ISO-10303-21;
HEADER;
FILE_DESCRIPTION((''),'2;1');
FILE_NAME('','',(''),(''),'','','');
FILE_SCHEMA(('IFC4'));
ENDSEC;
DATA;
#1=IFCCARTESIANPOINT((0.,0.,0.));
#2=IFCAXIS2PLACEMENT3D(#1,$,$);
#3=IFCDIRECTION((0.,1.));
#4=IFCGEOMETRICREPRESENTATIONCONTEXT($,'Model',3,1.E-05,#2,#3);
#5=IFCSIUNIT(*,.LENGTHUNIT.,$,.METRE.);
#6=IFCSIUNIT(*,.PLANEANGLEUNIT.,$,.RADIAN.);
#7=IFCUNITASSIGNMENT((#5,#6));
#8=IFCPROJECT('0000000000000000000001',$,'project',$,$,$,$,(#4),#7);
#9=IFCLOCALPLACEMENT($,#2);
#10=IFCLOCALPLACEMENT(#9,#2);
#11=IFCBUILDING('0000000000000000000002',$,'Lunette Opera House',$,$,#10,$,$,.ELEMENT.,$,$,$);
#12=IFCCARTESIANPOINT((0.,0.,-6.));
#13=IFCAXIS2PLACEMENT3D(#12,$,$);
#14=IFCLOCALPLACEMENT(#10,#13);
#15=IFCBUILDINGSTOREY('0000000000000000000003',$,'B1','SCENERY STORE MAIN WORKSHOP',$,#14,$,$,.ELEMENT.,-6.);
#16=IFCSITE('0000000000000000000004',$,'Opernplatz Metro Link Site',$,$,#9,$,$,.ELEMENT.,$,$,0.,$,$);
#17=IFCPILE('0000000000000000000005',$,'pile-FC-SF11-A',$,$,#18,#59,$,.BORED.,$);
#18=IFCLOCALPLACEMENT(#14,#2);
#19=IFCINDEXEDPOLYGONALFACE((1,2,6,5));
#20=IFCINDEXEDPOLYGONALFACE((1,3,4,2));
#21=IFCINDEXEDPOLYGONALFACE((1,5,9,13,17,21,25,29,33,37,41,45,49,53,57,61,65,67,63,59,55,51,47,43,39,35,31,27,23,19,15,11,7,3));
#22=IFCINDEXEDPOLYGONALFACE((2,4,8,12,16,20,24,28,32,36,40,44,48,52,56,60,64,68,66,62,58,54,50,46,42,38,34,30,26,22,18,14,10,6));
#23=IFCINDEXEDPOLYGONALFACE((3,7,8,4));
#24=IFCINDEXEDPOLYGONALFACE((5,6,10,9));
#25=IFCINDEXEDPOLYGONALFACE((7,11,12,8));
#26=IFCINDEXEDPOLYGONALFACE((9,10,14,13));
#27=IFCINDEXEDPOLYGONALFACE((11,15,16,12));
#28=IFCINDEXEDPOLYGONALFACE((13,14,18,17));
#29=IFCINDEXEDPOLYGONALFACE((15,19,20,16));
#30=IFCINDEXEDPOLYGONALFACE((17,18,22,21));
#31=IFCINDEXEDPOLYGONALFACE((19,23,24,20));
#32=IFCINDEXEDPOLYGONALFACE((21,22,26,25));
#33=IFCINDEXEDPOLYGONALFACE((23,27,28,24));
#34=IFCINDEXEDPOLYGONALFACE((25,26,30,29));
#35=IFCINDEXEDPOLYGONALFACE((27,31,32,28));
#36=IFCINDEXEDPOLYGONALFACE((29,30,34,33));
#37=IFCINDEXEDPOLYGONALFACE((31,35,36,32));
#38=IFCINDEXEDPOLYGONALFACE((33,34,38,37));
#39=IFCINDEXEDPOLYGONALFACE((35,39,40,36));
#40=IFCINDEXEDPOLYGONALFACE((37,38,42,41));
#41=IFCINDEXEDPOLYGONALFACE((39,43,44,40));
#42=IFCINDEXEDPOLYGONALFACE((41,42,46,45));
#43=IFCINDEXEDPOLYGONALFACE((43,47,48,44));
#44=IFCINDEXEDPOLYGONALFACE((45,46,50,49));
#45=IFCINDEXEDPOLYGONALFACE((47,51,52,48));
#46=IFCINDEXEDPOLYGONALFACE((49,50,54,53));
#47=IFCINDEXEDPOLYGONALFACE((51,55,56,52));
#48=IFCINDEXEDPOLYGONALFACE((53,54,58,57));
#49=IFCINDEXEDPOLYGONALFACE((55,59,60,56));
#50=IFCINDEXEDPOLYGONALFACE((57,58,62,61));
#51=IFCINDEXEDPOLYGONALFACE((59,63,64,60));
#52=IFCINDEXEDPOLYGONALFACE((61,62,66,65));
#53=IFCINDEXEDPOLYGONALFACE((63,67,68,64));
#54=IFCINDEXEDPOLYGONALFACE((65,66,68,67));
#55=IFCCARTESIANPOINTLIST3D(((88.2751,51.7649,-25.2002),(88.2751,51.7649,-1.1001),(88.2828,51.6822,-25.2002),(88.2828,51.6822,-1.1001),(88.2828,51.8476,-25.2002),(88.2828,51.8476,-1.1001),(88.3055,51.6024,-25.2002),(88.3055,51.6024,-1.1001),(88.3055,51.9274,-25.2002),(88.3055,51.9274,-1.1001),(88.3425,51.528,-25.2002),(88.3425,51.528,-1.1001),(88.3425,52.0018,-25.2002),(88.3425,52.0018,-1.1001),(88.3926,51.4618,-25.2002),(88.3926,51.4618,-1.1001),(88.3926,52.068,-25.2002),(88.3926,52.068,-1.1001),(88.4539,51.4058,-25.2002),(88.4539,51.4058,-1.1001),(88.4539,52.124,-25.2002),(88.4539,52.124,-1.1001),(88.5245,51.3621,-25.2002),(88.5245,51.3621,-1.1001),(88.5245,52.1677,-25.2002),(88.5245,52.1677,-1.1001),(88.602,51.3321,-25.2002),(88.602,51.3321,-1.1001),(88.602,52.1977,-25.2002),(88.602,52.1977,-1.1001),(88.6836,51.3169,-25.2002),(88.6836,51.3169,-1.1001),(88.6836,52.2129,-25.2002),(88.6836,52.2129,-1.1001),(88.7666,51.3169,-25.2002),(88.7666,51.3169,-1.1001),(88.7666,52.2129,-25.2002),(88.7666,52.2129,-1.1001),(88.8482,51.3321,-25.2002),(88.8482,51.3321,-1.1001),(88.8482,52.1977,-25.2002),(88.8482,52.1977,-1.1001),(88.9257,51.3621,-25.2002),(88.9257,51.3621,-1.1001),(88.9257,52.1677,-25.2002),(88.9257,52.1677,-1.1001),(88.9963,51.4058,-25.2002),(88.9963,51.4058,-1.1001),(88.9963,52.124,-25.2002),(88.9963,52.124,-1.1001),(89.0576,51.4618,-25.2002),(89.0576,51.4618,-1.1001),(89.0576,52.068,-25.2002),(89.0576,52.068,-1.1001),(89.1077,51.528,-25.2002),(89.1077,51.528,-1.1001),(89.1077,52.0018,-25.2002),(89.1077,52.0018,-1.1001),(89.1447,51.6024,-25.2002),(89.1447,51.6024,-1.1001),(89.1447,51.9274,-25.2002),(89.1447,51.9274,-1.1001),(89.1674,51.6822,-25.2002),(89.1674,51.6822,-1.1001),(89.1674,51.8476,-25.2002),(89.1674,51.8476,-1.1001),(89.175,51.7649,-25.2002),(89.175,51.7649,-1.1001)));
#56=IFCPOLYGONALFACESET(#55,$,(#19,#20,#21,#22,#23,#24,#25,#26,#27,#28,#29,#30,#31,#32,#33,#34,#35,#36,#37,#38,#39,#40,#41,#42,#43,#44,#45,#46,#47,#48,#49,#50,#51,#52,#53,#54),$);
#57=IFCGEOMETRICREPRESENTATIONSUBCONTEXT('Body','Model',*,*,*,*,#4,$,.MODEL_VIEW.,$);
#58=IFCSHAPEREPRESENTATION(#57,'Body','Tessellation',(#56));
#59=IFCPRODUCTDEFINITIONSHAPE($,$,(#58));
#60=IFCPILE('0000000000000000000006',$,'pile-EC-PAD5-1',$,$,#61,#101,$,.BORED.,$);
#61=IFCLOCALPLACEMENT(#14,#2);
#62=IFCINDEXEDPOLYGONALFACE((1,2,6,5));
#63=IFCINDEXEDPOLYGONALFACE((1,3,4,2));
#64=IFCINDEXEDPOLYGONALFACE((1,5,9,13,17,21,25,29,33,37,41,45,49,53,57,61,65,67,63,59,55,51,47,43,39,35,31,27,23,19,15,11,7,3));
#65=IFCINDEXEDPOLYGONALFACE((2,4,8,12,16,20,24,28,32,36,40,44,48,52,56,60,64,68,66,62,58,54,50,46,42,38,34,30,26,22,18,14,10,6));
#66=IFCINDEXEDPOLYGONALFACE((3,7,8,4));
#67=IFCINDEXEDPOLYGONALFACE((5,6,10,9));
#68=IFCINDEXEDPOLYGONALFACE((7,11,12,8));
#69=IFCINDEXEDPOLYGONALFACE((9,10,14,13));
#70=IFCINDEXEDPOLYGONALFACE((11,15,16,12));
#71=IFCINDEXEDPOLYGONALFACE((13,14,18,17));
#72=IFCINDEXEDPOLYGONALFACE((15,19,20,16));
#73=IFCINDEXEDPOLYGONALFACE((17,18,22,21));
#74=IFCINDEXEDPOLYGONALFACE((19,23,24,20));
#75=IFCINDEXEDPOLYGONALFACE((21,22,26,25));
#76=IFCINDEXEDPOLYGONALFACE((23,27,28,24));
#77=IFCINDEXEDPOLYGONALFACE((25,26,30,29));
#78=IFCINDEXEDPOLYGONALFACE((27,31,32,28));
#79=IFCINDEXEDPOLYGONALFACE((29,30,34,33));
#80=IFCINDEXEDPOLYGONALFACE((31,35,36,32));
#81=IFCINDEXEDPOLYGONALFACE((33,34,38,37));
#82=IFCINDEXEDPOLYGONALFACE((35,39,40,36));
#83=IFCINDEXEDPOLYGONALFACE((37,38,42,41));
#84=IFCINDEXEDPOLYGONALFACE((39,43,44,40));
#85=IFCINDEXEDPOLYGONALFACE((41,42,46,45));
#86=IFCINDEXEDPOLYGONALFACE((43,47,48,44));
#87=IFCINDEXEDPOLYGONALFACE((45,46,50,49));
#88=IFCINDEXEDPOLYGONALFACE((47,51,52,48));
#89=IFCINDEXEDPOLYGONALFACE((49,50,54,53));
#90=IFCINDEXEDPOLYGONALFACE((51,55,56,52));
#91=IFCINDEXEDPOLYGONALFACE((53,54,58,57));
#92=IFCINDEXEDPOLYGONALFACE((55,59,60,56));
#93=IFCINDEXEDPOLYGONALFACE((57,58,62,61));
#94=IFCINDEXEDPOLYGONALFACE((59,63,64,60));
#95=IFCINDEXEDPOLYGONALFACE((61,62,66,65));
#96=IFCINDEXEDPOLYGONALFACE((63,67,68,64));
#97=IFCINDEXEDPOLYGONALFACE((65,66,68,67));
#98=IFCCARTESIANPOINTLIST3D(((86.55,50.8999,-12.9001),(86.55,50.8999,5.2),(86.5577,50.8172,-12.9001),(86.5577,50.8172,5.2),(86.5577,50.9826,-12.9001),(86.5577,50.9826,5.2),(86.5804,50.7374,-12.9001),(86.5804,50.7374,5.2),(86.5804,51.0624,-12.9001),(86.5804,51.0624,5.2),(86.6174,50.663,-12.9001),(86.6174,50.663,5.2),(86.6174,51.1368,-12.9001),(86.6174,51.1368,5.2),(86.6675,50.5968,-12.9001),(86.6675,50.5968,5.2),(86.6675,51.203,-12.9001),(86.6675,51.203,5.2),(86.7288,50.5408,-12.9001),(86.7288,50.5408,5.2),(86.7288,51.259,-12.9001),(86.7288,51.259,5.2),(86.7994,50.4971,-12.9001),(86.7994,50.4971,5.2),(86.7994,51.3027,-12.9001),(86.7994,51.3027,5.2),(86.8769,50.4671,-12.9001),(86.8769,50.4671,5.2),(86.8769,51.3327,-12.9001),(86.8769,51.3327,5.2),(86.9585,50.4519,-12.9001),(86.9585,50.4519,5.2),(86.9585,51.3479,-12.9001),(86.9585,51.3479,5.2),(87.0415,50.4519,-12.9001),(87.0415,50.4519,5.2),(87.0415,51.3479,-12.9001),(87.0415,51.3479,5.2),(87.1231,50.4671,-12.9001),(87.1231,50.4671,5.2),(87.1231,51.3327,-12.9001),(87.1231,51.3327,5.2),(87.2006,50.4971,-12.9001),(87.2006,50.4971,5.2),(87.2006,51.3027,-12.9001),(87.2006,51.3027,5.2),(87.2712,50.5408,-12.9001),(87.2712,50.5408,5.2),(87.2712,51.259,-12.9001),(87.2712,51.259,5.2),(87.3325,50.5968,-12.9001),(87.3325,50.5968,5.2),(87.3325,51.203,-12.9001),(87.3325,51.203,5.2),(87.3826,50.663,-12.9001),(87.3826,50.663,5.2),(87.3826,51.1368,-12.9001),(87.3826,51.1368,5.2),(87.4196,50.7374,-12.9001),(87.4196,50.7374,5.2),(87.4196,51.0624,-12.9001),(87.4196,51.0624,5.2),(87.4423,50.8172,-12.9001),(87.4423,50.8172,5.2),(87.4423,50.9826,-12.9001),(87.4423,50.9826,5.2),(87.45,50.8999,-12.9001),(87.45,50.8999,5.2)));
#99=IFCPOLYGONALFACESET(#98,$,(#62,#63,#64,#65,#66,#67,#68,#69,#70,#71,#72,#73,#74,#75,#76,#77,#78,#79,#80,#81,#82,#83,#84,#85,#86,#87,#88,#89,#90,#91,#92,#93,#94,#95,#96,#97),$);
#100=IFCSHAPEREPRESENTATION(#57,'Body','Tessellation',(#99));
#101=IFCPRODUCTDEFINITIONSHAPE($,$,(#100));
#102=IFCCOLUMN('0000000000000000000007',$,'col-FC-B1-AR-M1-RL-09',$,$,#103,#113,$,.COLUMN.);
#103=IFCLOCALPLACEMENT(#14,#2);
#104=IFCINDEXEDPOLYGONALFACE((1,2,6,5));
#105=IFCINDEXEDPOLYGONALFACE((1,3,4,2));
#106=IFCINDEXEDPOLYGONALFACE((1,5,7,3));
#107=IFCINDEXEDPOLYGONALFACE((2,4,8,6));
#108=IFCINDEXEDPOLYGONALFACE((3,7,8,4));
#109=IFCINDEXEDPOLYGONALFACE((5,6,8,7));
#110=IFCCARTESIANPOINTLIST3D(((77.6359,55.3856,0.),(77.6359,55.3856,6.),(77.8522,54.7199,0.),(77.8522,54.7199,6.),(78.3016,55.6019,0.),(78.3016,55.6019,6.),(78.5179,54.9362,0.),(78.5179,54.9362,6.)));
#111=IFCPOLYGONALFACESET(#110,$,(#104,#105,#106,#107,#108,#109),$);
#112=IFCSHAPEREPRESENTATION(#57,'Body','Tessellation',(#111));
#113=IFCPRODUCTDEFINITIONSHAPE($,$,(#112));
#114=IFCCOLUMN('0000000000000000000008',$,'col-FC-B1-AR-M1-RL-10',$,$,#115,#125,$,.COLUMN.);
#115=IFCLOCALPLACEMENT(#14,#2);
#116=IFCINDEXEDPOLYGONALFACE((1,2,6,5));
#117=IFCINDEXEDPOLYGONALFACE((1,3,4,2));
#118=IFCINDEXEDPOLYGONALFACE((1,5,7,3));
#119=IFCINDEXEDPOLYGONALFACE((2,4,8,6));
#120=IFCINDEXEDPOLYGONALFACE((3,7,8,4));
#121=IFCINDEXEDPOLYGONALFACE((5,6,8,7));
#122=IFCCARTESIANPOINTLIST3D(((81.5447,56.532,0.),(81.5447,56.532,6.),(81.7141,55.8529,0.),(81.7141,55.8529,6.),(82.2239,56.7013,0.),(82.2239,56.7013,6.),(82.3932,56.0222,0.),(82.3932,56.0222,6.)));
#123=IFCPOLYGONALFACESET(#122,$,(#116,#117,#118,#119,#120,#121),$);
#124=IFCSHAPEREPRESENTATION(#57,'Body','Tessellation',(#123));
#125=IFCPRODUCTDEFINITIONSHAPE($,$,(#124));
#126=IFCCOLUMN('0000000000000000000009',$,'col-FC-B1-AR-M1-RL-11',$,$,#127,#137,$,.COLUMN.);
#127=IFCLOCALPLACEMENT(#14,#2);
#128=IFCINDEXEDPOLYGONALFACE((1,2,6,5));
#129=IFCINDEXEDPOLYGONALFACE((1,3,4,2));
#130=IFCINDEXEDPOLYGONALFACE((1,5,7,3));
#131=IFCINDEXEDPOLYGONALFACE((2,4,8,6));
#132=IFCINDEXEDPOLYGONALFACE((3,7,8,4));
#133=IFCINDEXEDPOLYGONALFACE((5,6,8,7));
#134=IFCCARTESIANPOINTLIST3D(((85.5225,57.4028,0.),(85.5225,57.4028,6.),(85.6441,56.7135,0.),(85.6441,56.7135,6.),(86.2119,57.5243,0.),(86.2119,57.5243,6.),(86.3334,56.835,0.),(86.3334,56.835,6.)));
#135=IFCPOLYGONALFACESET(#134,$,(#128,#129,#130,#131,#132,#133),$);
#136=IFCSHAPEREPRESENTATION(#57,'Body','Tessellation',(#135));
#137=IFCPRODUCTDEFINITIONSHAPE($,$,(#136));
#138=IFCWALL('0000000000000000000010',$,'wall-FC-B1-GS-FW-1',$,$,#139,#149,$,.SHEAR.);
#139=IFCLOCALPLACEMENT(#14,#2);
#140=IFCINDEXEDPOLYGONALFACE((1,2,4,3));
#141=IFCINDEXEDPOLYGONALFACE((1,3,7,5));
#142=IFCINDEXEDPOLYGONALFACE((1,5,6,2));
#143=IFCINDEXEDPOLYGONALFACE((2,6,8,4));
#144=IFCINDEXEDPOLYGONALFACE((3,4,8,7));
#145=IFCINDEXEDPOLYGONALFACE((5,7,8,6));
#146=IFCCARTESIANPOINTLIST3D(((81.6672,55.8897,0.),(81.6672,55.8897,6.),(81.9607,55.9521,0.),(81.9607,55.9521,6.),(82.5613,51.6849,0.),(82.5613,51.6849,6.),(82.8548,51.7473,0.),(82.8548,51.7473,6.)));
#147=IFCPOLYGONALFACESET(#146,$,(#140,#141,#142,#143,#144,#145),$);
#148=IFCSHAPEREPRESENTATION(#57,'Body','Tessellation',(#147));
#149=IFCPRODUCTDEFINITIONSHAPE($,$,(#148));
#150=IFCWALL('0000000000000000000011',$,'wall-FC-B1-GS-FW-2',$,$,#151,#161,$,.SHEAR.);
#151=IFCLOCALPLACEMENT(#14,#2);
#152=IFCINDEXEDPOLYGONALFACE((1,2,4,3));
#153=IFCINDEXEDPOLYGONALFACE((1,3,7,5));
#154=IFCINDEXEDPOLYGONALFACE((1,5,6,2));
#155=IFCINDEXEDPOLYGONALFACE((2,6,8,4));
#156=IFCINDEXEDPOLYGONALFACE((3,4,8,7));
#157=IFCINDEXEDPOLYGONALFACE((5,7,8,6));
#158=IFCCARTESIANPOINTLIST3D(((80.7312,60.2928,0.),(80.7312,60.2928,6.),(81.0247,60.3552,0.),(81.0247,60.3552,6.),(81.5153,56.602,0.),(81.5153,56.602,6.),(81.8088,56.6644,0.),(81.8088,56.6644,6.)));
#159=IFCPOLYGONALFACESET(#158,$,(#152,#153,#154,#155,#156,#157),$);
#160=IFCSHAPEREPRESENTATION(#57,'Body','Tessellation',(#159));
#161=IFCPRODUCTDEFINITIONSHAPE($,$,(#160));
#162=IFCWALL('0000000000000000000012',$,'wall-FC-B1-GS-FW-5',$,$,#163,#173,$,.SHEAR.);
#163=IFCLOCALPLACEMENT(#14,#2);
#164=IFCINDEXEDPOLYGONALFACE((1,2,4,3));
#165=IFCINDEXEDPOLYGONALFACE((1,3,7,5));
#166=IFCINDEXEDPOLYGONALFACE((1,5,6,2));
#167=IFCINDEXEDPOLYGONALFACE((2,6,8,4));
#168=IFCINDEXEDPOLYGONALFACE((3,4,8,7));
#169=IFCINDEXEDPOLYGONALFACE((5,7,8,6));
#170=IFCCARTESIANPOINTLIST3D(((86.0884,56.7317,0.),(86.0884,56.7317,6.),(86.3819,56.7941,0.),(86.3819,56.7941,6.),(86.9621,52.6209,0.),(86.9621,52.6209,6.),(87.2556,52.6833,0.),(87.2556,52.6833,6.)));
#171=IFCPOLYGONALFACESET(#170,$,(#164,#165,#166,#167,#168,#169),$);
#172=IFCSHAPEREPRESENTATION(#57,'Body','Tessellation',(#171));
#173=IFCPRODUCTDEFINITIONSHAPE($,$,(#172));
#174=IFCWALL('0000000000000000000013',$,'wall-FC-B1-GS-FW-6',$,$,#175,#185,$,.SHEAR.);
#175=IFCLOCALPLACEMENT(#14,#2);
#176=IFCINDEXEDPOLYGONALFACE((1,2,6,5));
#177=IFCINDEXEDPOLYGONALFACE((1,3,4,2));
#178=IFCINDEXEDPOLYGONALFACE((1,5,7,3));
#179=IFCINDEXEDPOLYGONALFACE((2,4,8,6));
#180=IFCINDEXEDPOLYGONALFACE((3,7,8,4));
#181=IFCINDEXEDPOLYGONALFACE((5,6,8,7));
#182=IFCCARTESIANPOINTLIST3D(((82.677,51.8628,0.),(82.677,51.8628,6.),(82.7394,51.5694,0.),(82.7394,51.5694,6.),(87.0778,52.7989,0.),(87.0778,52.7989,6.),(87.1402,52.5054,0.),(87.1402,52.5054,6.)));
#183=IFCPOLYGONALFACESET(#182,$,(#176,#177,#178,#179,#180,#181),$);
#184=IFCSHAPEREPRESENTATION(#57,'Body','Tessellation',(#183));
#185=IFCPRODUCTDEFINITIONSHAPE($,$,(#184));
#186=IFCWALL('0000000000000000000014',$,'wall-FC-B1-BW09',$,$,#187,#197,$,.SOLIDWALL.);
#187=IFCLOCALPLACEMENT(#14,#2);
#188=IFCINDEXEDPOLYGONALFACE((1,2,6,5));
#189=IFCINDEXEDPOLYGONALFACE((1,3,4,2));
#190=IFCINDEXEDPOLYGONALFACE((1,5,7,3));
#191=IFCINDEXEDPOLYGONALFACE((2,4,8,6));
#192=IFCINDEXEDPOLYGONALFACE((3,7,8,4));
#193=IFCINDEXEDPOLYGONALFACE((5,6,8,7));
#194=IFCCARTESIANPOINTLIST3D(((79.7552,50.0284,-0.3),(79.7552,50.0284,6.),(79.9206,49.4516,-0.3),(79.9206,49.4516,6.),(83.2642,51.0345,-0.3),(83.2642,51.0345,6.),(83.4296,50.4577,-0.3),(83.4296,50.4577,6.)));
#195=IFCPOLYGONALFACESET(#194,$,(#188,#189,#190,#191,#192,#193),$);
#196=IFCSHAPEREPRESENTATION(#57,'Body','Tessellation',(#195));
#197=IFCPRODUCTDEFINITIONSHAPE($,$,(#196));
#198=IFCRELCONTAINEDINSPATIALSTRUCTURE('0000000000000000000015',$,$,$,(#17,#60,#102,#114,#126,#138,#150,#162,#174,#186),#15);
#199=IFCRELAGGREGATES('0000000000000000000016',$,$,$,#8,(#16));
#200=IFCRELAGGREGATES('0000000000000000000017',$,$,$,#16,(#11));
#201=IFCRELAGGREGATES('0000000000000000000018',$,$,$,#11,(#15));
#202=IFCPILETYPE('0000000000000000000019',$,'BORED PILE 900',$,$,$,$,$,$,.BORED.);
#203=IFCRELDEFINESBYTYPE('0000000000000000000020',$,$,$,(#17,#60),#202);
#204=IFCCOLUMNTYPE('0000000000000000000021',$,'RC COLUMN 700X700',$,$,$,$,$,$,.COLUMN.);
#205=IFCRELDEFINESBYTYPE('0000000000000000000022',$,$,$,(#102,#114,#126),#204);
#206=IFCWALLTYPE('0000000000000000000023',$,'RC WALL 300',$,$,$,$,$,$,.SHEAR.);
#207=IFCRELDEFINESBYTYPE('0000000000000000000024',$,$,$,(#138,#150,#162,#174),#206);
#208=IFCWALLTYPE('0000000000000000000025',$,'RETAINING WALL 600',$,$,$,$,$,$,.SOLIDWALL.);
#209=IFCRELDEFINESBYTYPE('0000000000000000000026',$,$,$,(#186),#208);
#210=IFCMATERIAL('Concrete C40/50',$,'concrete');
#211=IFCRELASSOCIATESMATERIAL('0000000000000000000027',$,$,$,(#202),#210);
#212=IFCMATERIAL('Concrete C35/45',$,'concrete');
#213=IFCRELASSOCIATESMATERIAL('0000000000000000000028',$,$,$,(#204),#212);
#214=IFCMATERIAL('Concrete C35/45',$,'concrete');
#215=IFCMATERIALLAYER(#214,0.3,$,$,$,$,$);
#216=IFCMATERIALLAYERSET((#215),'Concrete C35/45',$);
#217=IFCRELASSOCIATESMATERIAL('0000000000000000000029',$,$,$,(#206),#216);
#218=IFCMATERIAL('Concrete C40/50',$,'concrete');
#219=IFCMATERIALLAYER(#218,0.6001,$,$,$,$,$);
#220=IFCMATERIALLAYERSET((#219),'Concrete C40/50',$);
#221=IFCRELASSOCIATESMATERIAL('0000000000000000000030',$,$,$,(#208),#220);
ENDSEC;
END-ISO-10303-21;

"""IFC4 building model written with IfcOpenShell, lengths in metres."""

from ifc_helpers import new_model, si_unit, direction, frame, frame_2d, origin, origin_2d, place, context, subcontext, project, spatial, rectangle, circle, extrude, material, layer, layer_set, material_profile, profile_set, type_object, element, save


model = new_model("IFC4")

# Units and contexts
model_context = context("Model", 3, precision=1e-05, world=origin(), true_north=direction((0.0, 1.0)))
body_context = subcontext(model_context, "Body", "Model", "MODEL_VIEW")
ifc_project = project(units=[si_unit("LENGTHUNIT", "METRE"), si_unit("PLANEANGLEUNIT", "RADIAN")], contexts=[model_context])

# Site, building, storey
site_placement = place(None, origin())
site = spatial("IfcSite", under=ifc_project, at=site_placement, Name="Opernplatz Metro Link Site", CompositionType="ELEMENT", RefElevation=0.0)
building_placement = place(site_placement, origin())
building = spatial("IfcBuilding", under=site, at=building_placement, Name="Lunette Opera House", CompositionType="ELEMENT")
storey_placement = place(building_placement, frame((0.0, 0.0, -6.0)))
storey = spatial("IfcBuildingStorey", under=building, at=storey_placement, Name="B1", Description="SCENERY STORE MAIN WORKSHOP", CompositionType="ELEMENT", Elevation=-6.0)

# Piles
ifc_material_1 = material(Name="Concrete C40/50", Category="concrete")
ifc_material_profile_1 = material_profile(ifc_material_1, circle(Radius=0.45, at=origin_2d()), Name="BORED PILE 900")
ifc_profile_set_1 = profile_set([ifc_material_profile_1], Name="Concrete C40/50")
pile_type = type_object("IfcPileType", Name="BORED PILE 900", PredefinedType="BORED", material=ifc_profile_set_1)
for number, where, z_axis, x_axis, name in (
    (1, (88.7251, 51.7649, -1.1001), (0.0, 0.0, -1.0), (1.0, 0.0, 0.0), "pile-FC-SF11-A"),
):
    element("IfcPile", number, at=place(storey_placement, frame(where, z_axis=z_axis, x_axis=x_axis)), inside=storey, type_object=pile_type, Name=name, PredefinedType="BORED", context=body_context, shape_type="SweptSolid", body=[
        extrude(circle(Radius=0.45, at=origin_2d()), origin(), (0.0, 0.0, 1.0), 24.1001),
    ])
pile_placement = place(storey_placement, frame((87.0, 50.8999, 5.2), z_axis=(0.0, 0.0, -1.0), x_axis=(1.0, 0.0, 0.0)))
element("IfcPile", 2, at=pile_placement, inside=storey, type_object=pile_type, Name="pile-EC-PAD5-1", PredefinedType="BORED", context=body_context, shape_type="SweptSolid", body=[
    extrude(circle(Radius=0.45, at=origin_2d()), origin(), (0.0, 0.0, 1.0), 18.1001),
])

# Columns
ifc_material_2 = material(Name="Concrete C35/45", Category="concrete")
ifc_material_profile_2 = material_profile(ifc_material_2, rectangle(XDim=0.7, YDim=0.7, at=origin_2d()), Name="RC COLUMN 700X700")
ifc_profile_set_2 = profile_set([ifc_material_profile_2], Name="Concrete C35/45")
column_type = type_object("IfcColumnType", Name="RC COLUMN 700X700", PredefinedType="COLUMN", material=ifc_profile_set_2)
for number, where, z_axis, x_axis, name in (
    (3, (78.0769, 55.1609, 0.0), (0.0, 0.0, 1.0), (0.951057, 0.309017, 0.0), "col-FC-B1-AR-M1-RL-09"),
    (4, (81.969, 56.2771, 0.0), (0.0, 0.0, 1.0), (0.970296, 0.241922, 0.0), "col-FC-B1-AR-M1-RL-10"),
    (5, (85.928, 57.1189, 0.0), (0.0, 0.0, 1.0), (0.984808, 0.173648, 0.0), "col-FC-B1-AR-M1-RL-11"),
):
    element("IfcColumn", number, at=place(storey_placement, frame(where, z_axis=z_axis, x_axis=x_axis)), inside=storey, type_object=column_type, Name=name, PredefinedType="COLUMN", context=body_context, shape_type="SweptSolid", body=[
        extrude(rectangle(XDim=0.7, YDim=0.7, at=origin_2d()), origin(), (0.0, 0.0, 1.0), 6.0),
    ])

# Walls
ifc_material_3 = material(Name="Concrete C35/45", Category="concrete")
ifc_layer_1 = layer(ifc_material_3, 0.3)
ifc_layer_set_1 = layer_set([ifc_layer_1], Name="Concrete C35/45")
wall_type_1 = type_object("IfcWallType", Name="RC WALL 300", PredefinedType="SHEAR", material=ifc_layer_set_1)
wall_1_placement = place(storey_placement, frame((82.708, 51.7161, 0.0), z_axis=(0.0, 0.0, 1.0), x_axis=(-0.207974, 0.978134, 0.0)))
element("IfcWall", 6, at=wall_1_placement, inside=storey, type_object=wall_type_1, Name="wall-FC-B1-GS-FW-1", PredefinedType="SHEAR", context=body_context, shape_type="SweptSolid", body=[
    extrude(rectangle(XDim=4.2988, YDim=0.3, at=frame_2d((2.1494, 0.0))), origin(), (0.0, 0.0, 1.0), 6.0),
])
wall_2_placement = place(storey_placement, frame((81.6621, 56.6331, 0.0), z_axis=(0.0, 0.0, 1.0), x_axis=(-0.207823, 0.978166, 0.0)))
element("IfcWall", 7, at=wall_2_placement, inside=storey, type_object=wall_type_1, Name="wall-FC-B1-GS-FW-2", PredefinedType="SHEAR", context=body_context, shape_type="SweptSolid", body=[
    extrude(rectangle(XDim=3.7732, YDim=0.3, at=frame_2d((1.8867, 0.0))), origin(), (0.0, 0.0, 1.0), 6.0),
])
wall_3_placement = place(storey_placement, frame((86.2351, 56.7629, 0.0), z_axis=(0.0, 0.0, 1.0), x_axis=(0.20791, -0.978148, 0.0)))
element("IfcWall", 8, at=wall_3_placement, inside=storey, type_object=wall_type_1, Name="wall-FC-B1-GS-FW-5", PredefinedType="SHEAR", context=body_context, shape_type="SweptSolid", body=[
    extrude(rectangle(XDim=4.2026, YDim=0.3, at=frame_2d((2.1013, 0.0))), origin(), (0.0, 0.0, 1.0), 6.0),
])
wall_4_placement = place(storey_placement, frame((87.1089, 52.6521, 0.0), z_axis=(0.0, 0.0, 1.0), x_axis=(-0.97812, -0.208039, 0.0)))
element("IfcWall", 9, at=wall_4_placement, inside=storey, type_object=wall_type_1, Name="wall-FC-B1-GS-FW-6", PredefinedType="SHEAR", context=body_context, shape_type="SweptSolid", body=[
    extrude(rectangle(XDim=4.4993, YDim=0.3, at=frame_2d((2.2495, 0.0))), origin(), (0.0, 0.0, 1.0), 6.0),
])
ifc_material_4 = material(Name="Concrete C40/50", Category="concrete")
ifc_layer_2 = layer(ifc_material_4, 0.6001)
ifc_layer_set_2 = layer_set([ifc_layer_2], Name="Concrete C40/50")
wall_type_2 = type_object("IfcWallType", Name="RETAINING WALL 600", PredefinedType="SOLIDWALL", material=ifc_layer_set_2)
wall_5_placement = place(storey_placement, frame((79.8379, 49.74, -0.3), z_axis=(0.0, 0.0, 1.0), x_axis=(0.961269, 0.275613, 0.0)))
element("IfcWall", 10, at=wall_5_placement, inside=storey, type_object=wall_type_2, Name="wall-FC-B1-BW09", PredefinedType="SOLIDWALL", context=body_context, shape_type="SweptSolid", body=[
    extrude(rectangle(XDim=3.6504, YDim=0.6001, at=frame_2d((1.8252, 0.0))), origin(), (0.0, 0.0, 1.0), 6.3),
])

save(model, "model.ifc")
